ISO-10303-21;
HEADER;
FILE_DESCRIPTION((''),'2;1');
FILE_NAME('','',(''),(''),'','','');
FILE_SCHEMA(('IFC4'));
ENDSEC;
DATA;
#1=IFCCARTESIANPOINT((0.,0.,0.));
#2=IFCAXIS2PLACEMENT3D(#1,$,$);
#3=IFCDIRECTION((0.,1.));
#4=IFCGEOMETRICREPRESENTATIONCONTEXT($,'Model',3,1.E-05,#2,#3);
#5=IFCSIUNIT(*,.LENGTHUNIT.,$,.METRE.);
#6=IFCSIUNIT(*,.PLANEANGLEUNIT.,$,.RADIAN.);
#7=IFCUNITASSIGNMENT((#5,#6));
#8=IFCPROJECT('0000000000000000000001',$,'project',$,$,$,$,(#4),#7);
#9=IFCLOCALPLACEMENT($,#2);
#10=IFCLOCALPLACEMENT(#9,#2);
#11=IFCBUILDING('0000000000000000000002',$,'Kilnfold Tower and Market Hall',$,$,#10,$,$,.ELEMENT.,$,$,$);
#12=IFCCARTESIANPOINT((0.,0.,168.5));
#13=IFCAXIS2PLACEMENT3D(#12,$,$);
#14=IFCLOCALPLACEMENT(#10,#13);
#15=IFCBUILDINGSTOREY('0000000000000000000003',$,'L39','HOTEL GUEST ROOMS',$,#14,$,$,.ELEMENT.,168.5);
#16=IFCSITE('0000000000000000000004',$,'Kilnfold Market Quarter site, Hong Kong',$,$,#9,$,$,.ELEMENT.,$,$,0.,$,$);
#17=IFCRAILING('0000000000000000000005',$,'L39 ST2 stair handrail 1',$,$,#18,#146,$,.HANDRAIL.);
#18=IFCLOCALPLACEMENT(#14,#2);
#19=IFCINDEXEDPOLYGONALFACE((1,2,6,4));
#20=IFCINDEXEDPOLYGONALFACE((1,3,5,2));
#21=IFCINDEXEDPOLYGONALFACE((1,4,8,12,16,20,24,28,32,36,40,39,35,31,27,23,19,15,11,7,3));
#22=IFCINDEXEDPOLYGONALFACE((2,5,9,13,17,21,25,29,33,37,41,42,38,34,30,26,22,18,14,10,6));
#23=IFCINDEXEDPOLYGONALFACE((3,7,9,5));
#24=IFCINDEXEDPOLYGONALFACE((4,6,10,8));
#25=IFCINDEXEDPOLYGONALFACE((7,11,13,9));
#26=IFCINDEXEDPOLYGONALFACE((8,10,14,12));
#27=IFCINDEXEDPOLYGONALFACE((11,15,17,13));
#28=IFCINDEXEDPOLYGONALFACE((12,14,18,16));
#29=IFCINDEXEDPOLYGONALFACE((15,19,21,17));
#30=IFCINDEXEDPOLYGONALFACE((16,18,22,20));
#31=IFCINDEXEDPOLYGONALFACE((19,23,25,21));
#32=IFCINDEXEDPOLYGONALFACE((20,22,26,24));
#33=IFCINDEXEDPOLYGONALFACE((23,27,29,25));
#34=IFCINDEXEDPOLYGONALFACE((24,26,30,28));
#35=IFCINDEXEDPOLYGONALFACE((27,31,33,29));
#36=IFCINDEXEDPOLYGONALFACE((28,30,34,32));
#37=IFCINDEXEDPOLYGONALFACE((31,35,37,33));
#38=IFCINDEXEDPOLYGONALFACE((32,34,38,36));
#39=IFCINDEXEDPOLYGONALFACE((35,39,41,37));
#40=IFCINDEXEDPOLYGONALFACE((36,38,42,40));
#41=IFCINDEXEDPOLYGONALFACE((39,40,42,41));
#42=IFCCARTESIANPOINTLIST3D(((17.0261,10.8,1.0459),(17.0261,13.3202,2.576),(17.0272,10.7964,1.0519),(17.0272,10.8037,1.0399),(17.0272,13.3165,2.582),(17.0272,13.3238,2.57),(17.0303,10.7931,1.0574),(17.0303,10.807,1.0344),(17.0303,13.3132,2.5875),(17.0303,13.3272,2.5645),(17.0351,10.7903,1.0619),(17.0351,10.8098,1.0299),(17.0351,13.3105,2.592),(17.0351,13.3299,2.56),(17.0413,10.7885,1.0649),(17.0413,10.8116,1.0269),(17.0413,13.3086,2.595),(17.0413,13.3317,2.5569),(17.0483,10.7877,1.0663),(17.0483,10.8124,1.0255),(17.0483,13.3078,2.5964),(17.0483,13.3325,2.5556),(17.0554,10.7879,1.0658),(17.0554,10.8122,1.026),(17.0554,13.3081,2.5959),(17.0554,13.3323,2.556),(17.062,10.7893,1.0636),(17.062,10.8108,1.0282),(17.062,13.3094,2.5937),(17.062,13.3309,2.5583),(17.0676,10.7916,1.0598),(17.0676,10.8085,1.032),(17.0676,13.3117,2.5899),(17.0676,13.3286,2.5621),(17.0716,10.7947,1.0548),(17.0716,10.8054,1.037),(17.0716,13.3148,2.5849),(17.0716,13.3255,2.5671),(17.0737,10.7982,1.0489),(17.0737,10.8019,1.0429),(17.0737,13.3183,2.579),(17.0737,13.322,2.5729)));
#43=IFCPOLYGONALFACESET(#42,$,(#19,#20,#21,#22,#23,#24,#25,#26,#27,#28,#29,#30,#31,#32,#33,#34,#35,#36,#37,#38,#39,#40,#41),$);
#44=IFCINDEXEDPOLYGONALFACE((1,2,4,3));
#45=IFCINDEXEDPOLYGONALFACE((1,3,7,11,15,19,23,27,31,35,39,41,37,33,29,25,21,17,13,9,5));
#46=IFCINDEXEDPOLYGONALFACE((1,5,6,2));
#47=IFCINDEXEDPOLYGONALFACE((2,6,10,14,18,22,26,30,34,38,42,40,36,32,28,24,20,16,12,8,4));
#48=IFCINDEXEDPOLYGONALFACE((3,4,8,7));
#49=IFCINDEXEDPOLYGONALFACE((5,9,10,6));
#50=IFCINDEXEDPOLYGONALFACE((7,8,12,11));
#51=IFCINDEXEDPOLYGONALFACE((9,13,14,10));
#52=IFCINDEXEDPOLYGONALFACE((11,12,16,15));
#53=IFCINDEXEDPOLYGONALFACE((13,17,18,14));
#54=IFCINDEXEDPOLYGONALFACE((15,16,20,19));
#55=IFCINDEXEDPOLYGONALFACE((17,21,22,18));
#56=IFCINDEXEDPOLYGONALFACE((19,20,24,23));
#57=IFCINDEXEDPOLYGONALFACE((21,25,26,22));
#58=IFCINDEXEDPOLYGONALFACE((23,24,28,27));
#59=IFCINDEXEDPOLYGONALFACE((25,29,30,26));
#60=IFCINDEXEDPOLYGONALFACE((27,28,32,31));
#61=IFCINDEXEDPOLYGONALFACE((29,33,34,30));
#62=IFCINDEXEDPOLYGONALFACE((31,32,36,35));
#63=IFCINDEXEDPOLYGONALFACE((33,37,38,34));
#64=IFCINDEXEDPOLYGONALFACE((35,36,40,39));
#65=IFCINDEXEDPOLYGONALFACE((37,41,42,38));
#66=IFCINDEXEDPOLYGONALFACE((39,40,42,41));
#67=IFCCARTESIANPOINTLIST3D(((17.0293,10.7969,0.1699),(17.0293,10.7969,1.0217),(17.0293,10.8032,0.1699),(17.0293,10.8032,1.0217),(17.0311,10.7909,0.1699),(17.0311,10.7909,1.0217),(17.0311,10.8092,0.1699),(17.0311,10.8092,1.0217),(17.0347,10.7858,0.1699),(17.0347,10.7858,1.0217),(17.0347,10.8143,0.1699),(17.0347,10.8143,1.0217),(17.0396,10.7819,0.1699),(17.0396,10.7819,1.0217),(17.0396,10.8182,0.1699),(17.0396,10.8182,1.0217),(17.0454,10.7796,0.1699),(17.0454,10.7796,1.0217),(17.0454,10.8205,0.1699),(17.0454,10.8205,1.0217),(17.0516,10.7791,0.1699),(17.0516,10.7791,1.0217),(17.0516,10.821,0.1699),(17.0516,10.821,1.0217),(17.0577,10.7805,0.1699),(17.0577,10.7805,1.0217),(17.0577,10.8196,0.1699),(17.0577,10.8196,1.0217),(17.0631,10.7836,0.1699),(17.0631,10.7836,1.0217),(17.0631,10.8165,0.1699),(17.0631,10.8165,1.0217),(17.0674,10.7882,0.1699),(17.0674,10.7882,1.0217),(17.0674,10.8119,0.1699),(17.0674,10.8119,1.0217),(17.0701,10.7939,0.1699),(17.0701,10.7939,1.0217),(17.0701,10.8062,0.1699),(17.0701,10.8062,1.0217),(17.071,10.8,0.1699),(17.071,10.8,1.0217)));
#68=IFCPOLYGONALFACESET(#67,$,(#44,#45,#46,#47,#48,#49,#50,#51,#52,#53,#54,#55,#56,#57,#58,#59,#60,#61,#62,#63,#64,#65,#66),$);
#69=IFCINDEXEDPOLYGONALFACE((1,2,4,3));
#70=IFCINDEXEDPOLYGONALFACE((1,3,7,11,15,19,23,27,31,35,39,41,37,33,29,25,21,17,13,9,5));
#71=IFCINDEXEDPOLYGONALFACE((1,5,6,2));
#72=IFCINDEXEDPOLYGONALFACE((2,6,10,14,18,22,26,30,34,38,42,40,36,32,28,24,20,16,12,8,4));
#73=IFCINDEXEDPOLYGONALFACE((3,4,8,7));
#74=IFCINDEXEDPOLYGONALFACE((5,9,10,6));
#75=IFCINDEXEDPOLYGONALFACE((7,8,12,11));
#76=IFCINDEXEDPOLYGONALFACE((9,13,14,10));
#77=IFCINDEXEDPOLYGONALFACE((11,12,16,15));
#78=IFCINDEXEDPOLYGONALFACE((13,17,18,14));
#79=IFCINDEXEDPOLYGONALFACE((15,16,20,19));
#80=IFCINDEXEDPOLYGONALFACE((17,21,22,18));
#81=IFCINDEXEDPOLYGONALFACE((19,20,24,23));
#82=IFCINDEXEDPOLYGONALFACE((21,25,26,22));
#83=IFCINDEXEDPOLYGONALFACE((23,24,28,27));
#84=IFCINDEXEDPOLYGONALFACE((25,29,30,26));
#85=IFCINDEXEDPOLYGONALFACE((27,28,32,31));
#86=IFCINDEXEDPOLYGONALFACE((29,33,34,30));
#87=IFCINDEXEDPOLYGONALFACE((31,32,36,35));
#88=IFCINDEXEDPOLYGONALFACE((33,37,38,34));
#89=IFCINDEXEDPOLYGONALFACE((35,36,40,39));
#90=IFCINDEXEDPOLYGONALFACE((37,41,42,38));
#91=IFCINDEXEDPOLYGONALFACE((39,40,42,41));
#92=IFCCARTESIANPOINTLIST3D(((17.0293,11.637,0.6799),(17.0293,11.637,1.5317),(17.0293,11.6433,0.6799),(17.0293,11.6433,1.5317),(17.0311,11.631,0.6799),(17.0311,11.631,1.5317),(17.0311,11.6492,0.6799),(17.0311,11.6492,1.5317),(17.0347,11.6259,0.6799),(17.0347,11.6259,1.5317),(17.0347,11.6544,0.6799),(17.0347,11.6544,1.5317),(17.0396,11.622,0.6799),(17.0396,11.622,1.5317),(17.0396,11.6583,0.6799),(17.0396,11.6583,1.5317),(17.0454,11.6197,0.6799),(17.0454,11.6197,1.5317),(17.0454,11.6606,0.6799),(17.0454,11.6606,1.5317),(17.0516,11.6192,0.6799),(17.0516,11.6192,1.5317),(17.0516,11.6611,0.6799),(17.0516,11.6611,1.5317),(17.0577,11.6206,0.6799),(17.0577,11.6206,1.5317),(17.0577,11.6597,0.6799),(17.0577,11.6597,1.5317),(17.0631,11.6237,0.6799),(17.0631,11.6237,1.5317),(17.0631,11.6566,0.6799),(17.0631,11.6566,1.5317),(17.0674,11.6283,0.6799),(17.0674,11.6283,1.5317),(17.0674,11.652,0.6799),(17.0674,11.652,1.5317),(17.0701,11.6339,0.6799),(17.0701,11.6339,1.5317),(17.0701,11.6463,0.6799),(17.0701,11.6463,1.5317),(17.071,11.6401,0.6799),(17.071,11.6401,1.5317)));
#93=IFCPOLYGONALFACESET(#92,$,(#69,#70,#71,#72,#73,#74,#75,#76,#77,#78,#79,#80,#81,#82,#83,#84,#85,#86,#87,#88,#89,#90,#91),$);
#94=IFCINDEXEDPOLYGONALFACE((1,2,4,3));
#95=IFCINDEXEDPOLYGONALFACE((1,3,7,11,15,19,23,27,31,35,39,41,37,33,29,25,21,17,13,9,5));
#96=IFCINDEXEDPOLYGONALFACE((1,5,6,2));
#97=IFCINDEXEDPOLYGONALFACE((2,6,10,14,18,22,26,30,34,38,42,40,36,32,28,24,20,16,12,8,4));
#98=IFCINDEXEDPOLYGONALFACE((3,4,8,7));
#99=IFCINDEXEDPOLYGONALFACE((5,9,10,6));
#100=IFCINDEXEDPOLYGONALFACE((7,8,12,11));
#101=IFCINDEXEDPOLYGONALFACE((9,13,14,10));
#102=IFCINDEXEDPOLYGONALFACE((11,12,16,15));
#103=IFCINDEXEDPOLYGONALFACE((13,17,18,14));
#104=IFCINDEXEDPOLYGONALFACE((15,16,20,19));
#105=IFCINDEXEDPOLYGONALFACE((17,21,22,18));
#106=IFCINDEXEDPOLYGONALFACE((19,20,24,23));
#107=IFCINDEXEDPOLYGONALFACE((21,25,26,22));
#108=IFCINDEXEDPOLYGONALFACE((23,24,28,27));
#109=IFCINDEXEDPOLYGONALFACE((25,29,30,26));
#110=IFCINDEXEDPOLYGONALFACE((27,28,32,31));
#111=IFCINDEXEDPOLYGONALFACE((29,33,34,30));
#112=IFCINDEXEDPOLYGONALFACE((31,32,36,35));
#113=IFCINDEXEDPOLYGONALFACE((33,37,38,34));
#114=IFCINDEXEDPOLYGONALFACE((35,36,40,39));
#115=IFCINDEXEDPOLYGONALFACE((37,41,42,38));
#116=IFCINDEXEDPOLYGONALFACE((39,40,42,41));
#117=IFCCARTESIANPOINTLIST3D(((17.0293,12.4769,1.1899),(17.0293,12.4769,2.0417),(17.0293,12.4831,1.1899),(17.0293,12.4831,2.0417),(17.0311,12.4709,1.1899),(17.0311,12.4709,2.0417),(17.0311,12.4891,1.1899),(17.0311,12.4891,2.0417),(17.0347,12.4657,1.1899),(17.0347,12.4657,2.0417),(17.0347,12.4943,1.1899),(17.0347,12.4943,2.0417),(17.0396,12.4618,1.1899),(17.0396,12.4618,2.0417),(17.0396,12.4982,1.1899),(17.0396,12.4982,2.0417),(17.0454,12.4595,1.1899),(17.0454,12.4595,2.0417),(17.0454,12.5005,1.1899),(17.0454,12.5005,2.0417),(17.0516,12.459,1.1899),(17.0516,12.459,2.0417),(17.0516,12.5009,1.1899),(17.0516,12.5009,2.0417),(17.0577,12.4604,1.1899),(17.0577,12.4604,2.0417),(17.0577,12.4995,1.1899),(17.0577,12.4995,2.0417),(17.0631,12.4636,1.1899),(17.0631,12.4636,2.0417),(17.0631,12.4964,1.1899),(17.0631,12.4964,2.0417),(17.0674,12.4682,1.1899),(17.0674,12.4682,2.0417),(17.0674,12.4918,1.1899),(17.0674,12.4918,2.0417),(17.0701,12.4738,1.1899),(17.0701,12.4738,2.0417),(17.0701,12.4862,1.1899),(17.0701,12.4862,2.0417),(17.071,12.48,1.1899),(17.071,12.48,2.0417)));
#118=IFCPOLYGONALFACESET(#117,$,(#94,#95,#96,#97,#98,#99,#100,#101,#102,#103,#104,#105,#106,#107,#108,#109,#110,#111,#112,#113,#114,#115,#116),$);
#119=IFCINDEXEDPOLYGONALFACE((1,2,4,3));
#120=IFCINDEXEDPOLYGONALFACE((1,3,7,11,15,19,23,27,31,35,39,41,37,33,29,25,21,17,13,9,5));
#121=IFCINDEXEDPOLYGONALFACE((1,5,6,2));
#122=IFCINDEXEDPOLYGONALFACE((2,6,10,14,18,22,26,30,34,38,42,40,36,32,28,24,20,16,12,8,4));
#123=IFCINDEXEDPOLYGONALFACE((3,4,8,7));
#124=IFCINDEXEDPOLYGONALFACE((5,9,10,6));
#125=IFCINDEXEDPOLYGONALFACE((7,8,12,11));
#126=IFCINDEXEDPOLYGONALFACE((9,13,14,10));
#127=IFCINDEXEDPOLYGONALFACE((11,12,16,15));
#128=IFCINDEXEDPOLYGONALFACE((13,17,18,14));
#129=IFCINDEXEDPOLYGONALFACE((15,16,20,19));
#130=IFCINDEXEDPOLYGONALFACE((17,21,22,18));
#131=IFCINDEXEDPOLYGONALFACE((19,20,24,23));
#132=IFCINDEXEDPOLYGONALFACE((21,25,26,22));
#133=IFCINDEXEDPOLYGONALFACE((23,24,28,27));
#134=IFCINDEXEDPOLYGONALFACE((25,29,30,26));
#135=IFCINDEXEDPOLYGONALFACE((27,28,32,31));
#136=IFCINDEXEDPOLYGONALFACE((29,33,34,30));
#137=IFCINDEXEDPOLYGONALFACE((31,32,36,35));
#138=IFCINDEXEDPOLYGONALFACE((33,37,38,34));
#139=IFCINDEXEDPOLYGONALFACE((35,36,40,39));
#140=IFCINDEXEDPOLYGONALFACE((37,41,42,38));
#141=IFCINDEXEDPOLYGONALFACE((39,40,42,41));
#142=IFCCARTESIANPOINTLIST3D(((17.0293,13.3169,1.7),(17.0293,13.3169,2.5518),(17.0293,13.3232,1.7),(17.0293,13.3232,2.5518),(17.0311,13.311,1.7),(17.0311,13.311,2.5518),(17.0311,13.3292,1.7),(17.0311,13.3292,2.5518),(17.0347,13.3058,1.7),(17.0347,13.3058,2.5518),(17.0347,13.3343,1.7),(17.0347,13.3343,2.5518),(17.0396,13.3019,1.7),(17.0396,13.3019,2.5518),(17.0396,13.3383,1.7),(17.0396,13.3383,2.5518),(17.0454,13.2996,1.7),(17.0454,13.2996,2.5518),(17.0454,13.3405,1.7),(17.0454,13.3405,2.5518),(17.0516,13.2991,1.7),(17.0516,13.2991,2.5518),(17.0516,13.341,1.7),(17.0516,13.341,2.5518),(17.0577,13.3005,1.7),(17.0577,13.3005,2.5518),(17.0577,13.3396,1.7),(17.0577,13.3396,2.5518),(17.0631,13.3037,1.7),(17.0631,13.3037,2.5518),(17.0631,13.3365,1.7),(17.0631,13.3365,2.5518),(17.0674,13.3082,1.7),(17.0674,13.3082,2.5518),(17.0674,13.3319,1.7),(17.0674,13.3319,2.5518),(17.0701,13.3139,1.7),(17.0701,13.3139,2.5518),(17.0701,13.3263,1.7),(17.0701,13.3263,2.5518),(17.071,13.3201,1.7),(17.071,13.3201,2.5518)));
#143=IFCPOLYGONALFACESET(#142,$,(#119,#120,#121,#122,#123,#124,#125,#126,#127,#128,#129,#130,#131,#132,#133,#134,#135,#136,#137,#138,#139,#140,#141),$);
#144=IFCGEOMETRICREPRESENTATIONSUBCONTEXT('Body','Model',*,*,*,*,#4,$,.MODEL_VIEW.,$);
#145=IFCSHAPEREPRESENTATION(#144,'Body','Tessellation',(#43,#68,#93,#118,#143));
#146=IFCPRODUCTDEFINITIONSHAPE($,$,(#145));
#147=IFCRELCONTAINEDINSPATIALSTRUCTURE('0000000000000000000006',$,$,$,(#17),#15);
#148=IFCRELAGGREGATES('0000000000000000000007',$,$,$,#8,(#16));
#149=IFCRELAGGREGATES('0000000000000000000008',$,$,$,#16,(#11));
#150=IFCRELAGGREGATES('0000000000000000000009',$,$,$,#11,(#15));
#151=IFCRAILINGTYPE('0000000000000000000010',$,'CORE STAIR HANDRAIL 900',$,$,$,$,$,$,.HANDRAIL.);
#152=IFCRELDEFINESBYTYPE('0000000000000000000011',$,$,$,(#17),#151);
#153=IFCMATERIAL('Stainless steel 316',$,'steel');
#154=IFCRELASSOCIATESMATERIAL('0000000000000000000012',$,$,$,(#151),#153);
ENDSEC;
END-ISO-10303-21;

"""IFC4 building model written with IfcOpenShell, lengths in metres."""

from ifc_helpers import new_model, si_unit, direction, frame, origin, origin_2d, place, context, subcontext, project, spatial, circle, extrude, material, type_object, element, save


model = new_model("IFC4")

# Units and contexts
model_context = context("Model", 3, precision=1e-05, world=origin(), true_north=direction((0.0, 1.0)))
body_context = subcontext(model_context, "Body", "Model", "MODEL_VIEW")
ifc_project = project(units=[si_unit("LENGTHUNIT", "METRE"), si_unit("PLANEANGLEUNIT", "RADIAN")], contexts=[model_context])

# Site, building, storey
site_placement = place(None, origin())
site = spatial("IfcSite", under=ifc_project, at=site_placement, Name="Kilnfold Market Quarter site, Hong Kong", CompositionType="ELEMENT", RefElevation=0.0)
building_placement = place(site_placement, origin())
building = spatial("IfcBuilding", under=site, at=building_placement, Name="Kilnfold Tower and Market Hall", CompositionType="ELEMENT")
storey_placement = place(building_placement, frame((0.0, 0.0, 168.5)))
storey = spatial("IfcBuildingStorey", under=building, at=storey_placement, Name="L39", Description="HOTEL GUEST ROOMS", CompositionType="ELEMENT", Elevation=168.5)

# Railing
ifc_material_1 = material(Name="Stainless steel 316", Category="steel")
railing_type_1 = type_object("IfcRailingType", Name="CORE STAIR HANDRAIL 900", PredefinedType="HANDRAIL", material=ifc_material_1)
railing_1_placement = place(storey_placement, frame((17.05, 10.8, 0.1699)))
element("IfcRailing", 1, at=railing_1_placement, inside=storey, type_object=railing_type_1, Name="L39 ST2 stair handrail 1", PredefinedType="HANDRAIL", context=body_context, shape_type="SweptSolid", body=[
    extrude(circle(Radius=0.0239, at=origin_2d()), frame((0.0, 0.0, 0.876), z_axis=(0.0, 0.854785, 0.518982), x_axis=(-1.0, 0.0, 0.0)), (0.0, 0.0, 1.0), 2.9482),
    extrude(circle(Radius=0.021, at=origin_2d()), origin(), (0.0, 0.0, 1.0), 0.8518),
    extrude(circle(Radius=0.021, at=origin_2d()), frame((0.0, 0.8401, 0.51)), (0.0, 0.0, 1.0), 0.8518),
    extrude(circle(Radius=0.021, at=origin_2d()), frame((0.0, 1.6799, 1.02)), (0.0, 0.0, 1.0), 0.8518),
    extrude(circle(Radius=0.021, at=origin_2d()), frame((0.0, 2.52, 1.53)), (0.0, 0.0, 1.0), 0.8518),
])

save(model, "model.ifc")
